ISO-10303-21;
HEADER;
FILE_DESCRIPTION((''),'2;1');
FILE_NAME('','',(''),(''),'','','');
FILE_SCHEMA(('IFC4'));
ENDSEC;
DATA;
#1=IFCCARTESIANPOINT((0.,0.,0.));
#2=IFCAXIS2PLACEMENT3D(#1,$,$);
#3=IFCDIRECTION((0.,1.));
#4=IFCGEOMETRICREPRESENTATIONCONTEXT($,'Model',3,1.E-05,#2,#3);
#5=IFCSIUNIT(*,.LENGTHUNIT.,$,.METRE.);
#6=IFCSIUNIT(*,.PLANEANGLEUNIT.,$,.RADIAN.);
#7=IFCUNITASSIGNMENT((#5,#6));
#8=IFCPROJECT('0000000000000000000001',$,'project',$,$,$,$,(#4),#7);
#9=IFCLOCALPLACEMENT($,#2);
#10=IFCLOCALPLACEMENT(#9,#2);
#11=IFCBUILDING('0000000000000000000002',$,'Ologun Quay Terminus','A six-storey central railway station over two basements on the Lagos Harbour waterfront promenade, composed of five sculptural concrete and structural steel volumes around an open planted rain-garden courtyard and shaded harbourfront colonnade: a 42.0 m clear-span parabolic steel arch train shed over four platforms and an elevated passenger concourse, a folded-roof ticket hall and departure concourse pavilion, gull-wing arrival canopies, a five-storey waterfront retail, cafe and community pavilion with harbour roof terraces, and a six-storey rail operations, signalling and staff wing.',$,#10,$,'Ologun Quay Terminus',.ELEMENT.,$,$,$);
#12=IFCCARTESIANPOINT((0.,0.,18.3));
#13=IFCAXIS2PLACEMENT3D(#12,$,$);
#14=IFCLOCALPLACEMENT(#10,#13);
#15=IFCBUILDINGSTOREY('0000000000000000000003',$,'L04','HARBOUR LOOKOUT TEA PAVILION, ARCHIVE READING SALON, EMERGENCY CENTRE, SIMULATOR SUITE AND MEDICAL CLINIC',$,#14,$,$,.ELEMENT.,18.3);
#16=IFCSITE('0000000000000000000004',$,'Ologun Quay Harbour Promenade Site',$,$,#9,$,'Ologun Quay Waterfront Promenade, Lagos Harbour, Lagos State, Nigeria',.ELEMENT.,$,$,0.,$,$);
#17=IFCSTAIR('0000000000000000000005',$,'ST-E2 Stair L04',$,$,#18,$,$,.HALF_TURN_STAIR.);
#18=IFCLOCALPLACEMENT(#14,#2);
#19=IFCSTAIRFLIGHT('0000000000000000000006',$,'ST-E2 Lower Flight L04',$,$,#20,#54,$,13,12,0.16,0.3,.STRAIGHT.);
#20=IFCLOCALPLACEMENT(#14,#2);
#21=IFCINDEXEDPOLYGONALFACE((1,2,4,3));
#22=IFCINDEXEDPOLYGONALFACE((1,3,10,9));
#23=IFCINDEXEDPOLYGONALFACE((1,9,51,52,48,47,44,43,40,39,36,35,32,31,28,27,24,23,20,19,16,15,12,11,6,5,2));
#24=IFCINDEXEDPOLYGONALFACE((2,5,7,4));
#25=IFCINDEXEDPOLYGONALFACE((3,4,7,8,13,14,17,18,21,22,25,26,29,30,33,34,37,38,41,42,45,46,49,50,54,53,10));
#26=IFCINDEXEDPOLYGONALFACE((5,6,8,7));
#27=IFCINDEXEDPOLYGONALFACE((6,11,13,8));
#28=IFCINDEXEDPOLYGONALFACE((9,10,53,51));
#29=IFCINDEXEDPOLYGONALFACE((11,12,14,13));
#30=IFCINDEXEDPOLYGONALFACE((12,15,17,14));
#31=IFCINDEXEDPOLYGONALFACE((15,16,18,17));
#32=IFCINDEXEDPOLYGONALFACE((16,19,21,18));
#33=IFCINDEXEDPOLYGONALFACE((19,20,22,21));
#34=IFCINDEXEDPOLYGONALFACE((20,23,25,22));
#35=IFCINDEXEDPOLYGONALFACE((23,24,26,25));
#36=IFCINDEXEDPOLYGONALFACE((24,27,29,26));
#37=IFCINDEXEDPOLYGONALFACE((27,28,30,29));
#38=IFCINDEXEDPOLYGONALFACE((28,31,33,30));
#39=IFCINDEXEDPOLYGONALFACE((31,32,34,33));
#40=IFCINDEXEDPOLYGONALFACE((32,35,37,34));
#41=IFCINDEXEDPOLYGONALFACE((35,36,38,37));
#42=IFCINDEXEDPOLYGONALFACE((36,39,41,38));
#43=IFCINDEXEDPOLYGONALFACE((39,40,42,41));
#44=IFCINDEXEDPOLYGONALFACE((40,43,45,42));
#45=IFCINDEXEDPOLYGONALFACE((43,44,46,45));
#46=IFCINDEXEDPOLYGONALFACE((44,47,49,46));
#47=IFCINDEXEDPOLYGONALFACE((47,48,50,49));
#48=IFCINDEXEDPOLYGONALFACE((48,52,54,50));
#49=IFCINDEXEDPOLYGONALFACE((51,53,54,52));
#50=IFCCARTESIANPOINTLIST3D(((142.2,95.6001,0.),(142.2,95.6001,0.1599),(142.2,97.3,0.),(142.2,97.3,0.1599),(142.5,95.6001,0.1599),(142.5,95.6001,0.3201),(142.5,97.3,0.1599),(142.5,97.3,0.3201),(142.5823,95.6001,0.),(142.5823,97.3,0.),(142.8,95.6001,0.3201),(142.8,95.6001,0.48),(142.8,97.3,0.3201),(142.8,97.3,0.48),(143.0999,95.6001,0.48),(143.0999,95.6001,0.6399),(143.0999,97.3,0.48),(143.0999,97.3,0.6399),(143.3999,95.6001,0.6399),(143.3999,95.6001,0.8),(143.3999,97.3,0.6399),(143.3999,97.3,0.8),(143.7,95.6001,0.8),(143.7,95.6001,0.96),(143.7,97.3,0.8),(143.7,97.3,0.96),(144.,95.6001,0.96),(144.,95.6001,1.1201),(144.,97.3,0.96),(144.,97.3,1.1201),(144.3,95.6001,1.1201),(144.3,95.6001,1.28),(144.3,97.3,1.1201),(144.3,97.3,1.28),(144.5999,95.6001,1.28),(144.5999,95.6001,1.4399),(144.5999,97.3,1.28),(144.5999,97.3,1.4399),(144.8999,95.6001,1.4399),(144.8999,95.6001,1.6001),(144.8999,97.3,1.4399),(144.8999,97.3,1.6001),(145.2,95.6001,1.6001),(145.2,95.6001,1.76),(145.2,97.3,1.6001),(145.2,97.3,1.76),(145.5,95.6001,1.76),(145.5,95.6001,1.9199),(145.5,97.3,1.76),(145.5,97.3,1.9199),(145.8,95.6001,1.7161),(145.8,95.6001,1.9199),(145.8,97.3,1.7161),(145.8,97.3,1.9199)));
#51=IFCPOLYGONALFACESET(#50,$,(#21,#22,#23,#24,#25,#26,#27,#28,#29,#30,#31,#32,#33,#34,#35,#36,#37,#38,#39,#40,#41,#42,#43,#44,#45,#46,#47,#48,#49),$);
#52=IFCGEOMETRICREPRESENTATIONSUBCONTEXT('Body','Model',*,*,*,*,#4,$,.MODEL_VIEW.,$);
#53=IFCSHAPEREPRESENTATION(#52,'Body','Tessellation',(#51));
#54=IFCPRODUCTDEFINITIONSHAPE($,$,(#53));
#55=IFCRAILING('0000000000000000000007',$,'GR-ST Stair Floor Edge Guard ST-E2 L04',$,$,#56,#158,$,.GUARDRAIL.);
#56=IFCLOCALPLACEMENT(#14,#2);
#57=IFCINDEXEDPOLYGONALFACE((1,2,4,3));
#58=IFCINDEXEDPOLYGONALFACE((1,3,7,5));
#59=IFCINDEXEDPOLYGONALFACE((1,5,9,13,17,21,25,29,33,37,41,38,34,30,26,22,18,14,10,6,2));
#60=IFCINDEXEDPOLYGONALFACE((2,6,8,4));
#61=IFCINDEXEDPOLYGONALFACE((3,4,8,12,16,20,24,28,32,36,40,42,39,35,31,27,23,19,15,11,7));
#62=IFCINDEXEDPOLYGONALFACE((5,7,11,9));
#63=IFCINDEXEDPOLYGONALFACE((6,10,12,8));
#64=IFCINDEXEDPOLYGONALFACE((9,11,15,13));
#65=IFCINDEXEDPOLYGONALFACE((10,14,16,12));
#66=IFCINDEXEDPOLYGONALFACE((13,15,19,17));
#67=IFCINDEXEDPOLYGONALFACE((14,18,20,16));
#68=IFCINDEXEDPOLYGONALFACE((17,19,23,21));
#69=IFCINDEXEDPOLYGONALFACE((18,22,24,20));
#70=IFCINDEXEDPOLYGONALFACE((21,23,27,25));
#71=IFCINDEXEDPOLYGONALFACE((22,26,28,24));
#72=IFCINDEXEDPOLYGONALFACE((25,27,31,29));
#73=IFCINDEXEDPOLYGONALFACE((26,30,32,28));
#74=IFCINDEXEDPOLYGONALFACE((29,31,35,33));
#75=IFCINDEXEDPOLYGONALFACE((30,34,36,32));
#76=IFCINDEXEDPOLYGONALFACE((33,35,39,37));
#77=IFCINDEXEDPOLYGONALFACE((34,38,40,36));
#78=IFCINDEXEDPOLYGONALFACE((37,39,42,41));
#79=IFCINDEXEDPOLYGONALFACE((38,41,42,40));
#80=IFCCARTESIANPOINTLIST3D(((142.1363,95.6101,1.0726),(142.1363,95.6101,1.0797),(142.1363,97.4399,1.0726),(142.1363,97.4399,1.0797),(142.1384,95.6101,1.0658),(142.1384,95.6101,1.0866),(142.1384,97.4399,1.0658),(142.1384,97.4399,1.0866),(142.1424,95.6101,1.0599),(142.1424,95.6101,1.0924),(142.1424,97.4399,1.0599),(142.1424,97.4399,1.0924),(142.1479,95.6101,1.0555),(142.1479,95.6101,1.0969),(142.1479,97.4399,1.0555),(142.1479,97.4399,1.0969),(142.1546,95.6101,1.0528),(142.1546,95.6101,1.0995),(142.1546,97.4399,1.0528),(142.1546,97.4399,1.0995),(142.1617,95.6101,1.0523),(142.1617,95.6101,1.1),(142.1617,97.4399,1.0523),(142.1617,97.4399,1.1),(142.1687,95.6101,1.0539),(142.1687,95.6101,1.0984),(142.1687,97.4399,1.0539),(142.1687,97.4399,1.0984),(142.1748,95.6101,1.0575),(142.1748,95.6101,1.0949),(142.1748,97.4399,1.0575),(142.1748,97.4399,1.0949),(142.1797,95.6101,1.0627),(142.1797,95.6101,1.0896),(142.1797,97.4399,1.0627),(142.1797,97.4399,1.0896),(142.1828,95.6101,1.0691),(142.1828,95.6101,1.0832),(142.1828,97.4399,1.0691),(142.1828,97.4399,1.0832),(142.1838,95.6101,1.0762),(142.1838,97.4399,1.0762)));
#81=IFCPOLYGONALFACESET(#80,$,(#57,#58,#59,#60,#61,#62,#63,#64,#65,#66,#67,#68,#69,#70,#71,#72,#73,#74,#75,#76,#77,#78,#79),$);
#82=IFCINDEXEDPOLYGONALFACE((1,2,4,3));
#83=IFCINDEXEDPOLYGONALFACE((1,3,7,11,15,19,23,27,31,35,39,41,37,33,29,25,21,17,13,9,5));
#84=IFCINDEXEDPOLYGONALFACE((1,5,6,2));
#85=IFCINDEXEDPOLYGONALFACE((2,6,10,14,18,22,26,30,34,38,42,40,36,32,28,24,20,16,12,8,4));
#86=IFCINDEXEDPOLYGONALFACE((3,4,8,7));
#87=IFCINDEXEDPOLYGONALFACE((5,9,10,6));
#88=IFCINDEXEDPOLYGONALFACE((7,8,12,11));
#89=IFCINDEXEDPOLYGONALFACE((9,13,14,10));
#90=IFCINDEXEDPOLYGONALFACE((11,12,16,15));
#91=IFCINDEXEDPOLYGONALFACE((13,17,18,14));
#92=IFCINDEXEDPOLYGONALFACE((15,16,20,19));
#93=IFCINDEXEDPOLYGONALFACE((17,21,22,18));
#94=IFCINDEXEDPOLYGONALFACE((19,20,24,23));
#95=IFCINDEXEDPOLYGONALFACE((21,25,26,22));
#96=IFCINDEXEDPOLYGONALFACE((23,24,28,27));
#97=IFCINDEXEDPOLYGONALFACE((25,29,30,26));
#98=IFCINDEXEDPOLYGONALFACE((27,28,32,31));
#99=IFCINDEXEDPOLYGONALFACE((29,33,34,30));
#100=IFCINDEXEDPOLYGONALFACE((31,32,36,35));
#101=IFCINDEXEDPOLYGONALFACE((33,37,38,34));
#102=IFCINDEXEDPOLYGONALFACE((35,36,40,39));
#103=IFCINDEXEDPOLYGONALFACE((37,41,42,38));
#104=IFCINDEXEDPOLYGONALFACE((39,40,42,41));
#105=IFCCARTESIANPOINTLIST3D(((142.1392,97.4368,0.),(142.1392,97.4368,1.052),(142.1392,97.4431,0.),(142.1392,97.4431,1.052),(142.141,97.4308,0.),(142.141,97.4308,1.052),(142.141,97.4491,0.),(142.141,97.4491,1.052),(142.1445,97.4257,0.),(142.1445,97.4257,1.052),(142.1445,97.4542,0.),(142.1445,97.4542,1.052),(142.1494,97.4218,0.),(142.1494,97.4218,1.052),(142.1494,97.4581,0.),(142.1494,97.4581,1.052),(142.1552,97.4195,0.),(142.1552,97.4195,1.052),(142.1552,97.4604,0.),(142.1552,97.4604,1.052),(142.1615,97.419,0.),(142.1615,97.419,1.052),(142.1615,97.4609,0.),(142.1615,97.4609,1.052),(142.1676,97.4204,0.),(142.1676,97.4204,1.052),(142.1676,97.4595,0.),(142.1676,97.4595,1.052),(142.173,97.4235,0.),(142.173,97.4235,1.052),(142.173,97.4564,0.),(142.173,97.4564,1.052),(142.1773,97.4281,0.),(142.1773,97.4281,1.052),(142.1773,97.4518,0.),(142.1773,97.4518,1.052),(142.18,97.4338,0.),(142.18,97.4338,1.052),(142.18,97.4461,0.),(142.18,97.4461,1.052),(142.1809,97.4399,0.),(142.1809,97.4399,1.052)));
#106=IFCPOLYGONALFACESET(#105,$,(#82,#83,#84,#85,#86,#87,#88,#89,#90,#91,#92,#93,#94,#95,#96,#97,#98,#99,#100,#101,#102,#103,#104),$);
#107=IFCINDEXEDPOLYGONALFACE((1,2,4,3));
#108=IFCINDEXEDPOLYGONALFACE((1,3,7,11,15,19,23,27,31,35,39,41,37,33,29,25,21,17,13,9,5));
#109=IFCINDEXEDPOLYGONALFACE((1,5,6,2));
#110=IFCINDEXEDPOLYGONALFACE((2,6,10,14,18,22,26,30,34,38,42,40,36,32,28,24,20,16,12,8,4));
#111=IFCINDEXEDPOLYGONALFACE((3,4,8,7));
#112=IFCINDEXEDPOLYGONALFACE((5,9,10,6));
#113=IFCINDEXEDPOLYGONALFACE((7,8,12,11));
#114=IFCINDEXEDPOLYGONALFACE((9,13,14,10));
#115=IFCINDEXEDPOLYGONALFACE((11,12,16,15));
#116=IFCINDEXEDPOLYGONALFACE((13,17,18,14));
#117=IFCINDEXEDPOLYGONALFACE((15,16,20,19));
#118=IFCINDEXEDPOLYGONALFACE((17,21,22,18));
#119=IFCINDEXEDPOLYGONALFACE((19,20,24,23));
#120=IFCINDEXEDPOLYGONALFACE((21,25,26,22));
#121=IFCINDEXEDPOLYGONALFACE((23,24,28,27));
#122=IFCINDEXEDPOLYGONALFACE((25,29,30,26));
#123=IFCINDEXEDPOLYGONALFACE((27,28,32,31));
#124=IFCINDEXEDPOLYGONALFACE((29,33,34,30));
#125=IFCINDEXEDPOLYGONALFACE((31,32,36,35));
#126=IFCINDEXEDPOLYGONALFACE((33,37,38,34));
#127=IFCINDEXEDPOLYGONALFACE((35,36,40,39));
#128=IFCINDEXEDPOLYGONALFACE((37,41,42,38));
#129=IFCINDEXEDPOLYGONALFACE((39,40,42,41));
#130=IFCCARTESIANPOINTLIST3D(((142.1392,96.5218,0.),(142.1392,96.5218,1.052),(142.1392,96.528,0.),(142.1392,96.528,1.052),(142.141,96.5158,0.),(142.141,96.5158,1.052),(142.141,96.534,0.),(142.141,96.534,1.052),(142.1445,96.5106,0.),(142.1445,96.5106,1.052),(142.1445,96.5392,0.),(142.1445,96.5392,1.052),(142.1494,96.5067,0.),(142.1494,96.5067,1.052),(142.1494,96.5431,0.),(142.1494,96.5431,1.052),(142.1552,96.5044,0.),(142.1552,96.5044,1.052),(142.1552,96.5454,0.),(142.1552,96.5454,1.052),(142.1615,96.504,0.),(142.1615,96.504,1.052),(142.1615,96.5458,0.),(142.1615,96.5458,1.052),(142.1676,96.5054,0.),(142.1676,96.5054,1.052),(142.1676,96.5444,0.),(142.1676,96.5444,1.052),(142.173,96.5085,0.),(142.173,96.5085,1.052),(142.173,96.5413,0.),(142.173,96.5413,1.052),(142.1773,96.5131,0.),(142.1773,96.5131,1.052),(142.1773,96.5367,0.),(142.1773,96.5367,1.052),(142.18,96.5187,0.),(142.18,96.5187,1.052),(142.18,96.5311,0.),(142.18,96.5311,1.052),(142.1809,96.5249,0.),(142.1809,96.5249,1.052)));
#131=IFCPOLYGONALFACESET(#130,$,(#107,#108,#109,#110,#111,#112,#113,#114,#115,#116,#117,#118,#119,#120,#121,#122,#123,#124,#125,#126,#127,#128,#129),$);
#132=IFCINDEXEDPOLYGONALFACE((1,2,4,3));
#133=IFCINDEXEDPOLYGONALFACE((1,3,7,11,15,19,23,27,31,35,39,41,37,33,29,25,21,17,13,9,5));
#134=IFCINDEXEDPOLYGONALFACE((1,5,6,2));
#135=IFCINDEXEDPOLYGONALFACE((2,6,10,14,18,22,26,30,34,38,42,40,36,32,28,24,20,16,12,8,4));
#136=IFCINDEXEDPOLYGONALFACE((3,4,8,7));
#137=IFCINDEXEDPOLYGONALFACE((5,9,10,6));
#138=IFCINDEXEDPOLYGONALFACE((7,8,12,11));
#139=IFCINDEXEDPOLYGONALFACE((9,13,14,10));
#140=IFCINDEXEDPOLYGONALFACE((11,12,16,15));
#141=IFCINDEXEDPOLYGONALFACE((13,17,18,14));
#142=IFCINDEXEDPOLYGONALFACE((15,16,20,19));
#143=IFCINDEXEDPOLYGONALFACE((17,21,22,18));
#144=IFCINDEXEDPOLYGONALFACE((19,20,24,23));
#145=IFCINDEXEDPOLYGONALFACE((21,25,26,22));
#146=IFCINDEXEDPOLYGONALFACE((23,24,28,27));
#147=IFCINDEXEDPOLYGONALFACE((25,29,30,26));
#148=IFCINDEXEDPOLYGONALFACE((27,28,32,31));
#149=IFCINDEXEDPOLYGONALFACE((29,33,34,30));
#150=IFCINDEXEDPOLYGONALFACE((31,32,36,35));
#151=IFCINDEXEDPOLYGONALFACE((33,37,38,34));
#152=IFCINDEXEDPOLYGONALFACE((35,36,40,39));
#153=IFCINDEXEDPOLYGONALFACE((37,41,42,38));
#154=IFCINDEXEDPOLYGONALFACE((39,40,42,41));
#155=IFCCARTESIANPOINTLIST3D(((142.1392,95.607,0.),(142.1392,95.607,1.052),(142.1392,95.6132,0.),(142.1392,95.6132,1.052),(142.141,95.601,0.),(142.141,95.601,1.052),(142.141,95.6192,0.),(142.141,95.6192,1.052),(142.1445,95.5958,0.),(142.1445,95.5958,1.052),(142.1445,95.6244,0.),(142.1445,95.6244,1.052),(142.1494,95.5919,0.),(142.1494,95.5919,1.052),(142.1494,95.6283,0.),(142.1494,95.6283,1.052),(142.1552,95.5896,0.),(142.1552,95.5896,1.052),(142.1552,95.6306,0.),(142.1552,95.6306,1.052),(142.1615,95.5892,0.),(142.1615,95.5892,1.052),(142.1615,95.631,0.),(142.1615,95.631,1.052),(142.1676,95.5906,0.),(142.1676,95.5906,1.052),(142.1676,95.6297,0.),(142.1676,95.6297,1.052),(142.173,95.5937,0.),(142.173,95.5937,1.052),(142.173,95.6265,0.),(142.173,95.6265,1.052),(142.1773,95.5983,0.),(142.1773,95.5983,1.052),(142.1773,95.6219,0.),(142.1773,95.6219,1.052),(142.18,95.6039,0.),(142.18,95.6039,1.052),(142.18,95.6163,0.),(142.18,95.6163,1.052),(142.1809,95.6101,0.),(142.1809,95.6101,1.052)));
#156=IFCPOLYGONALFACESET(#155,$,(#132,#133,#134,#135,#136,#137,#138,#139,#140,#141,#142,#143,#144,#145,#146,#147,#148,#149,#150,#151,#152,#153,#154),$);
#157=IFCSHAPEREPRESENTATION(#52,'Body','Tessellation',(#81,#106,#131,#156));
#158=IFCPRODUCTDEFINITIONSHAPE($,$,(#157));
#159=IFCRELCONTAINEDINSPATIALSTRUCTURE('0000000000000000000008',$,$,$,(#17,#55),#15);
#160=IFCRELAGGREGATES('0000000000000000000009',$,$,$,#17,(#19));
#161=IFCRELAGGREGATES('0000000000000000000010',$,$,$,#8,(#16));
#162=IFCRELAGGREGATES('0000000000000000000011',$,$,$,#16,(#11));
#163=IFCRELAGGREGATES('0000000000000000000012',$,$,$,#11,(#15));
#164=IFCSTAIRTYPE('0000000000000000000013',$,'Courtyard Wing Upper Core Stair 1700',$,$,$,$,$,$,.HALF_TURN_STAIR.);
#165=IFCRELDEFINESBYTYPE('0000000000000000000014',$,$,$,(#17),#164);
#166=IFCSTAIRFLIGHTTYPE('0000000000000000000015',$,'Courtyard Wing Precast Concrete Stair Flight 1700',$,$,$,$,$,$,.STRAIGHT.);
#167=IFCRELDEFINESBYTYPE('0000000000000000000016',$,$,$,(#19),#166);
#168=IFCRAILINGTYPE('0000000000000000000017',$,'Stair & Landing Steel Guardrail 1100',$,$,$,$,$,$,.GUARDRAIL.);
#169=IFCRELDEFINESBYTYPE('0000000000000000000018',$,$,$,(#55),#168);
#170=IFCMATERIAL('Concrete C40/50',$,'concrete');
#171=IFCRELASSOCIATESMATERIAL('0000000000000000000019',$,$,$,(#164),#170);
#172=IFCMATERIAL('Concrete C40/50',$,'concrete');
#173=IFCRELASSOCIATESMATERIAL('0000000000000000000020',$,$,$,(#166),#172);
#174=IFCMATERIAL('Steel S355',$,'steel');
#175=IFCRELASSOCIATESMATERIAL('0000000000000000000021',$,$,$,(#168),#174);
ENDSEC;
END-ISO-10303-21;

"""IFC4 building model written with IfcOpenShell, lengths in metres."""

from ifc_helpers import new_model, si_unit, direction, frame, origin, origin_2d, place, context, subcontext, project, spatial, polyline, circle, outline, extrude, material, type_object, element, aggregate, save


model = new_model("IFC4")

# Units and contexts
model_context = context("Model", 3, precision=1e-05, world=origin(), true_north=direction((0.0, 1.0)))
body_context = subcontext(model_context, "Body", "Model", "MODEL_VIEW")
ifc_project = project(units=[si_unit("LENGTHUNIT", "METRE"), si_unit("PLANEANGLEUNIT", "RADIAN")], contexts=[model_context])

# Site, building, storey
site_placement = place(None, origin())
site = spatial("IfcSite", under=ifc_project, at=site_placement, Name="Ologun Quay Harbour Promenade Site", LongName="Ologun Quay Waterfront Promenade, Lagos Harbour, Lagos State, Nigeria", CompositionType="ELEMENT", RefElevation=0.0)
building_placement = place(site_placement, origin())
building = spatial("IfcBuilding", under=site, at=building_placement, Name="Ologun Quay Terminus", Description="A six-storey central railway station over two basements on the Lagos Harbour waterfront promenade, composed of five sculptural concrete and structural steel volumes around an open planted rain-garden courtyard and shaded harbourfront colonnade: a 42.0 m clear-span parabolic steel arch train shed over four platforms and an elevated passenger concourse, a folded-roof ticket hall and departure concourse pavilion, gull-wing arrival canopies, a five-storey waterfront retail, cafe and community pavilion with harbour roof terraces, and a six-storey rail operations, signalling and staff wing.", LongName="Ologun Quay Terminus", CompositionType="ELEMENT")
storey_placement = place(building_placement, frame((0.0, 0.0, 18.3)))
storey = spatial("IfcBuildingStorey", under=building, at=storey_placement, Name="L04", Description="HARBOUR LOOKOUT TEA PAVILION, ARCHIVE READING SALON, EMERGENCY CENTRE, SIMULATOR SUITE AND MEDICAL CLINIC", CompositionType="ELEMENT", Elevation=18.3)

# Stair, stair flight
ifc_material_1 = material(Name="Concrete C40/50", Category="concrete")
stair_type = type_object("IfcStairType", Name="Courtyard Wing Upper Core Stair 1700", PredefinedType="HALF_TURN_STAIR", material=ifc_material_1)
stair_placement = place(storey_placement, origin())
stair = element("IfcStair", 1, at=stair_placement, inside=storey, type_object=stair_type, Name="ST-E2 Stair L04", PredefinedType="HALF_TURN_STAIR")
ifc_material_2 = material(Name="Concrete C40/50", Category="concrete")
stair_flight_type = type_object("IfcStairFlightType", Name="Courtyard Wing Precast Concrete Stair Flight 1700", PredefinedType="STRAIGHT", material=ifc_material_2)
stair_flight_placement = place(storey_placement, frame((142.2, 96.45, 0.0), z_axis=(0.0, 0.0, 1.0), x_axis=(1.0, 0.0, 0.0)))
stair_flight = element("IfcStairFlight", 2, at=stair_flight_placement, type_object=stair_flight_type, Name="ST-E2 Lower Flight L04", NumberOfRisers=13, NumberOfTreads=12, PredefinedType="STRAIGHT", RiserHeight=0.16, TreadLength=0.3, context=body_context, shape_type="SweptSolid", body=[
    extrude(outline(polyline([(0.0, 0.0), (0.0, 0.1599), (0.3, 0.1599), (0.3, 0.3201), (0.6001, 0.3201), (0.6001, 0.48), (0.8999, 0.48), (0.8999, 0.6399), (1.2, 0.6399), (1.2, 0.8), (1.5, 0.8), (1.5, 0.96), (1.8, 0.96), (1.8, 1.1201), (2.1001, 1.1201), (2.1001, 1.28), (2.3999, 1.28), (2.3999, 1.4399), (2.7, 1.4399), (2.7, 1.6001), (3.0, 1.6001), (3.0, 1.76), (3.3, 1.76), (3.3, 1.9199), (3.6001, 1.9199), (3.6001, 2.0801), (3.6001, 1.7161), (0.3823, 0.0), (0.0, 0.0)])), frame((0.0, 0.8501, 0.0), z_axis=(0.0, -1.0, 0.0), x_axis=(1.0, 0.0, 0.0)), (0.0, 0.0, 1.0), 1.7),
])
aggregate(stair, [stair_flight])

# Railing
ifc_material_3 = material(Name="Steel S355", Category="steel")
railing_type_1 = type_object("IfcRailingType", Name="Stair & Landing Steel Guardrail 1100", PredefinedType="GUARDRAIL", material=ifc_material_3)
railing_1_placement = place(storey_placement, frame((142.1599, 97.4399, 0.0)))
element("IfcRailing", 3, at=railing_1_placement, inside=storey, type_object=railing_type_1, Name="GR-ST Stair Floor Edge Guard ST-E2 L04", PredefinedType="GUARDRAIL", context=body_context, shape_type="SweptSolid", body=[
    extrude(circle(Radius=0.0239, at=origin_2d()), frame((0.0, 0.0, 1.0762), z_axis=(0.0, -1.0, 0.0), x_axis=(1.0, 0.0, 0.0)), (0.0, 0.0, 1.0), 1.8298),
    extrude(circle(Radius=0.021, at=origin_2d()), origin(), (0.0, 0.0, 1.0), 1.052),
    extrude(circle(Radius=0.021, at=origin_2d()), frame((0.0, -0.915, 0.0)), (0.0, 0.0, 1.0), 1.052),
    extrude(circle(Radius=0.021, at=origin_2d()), frame((0.0, -1.8298, 0.0)), (0.0, 0.0, 1.0), 1.052),
])

save(model, "model.ifc")
